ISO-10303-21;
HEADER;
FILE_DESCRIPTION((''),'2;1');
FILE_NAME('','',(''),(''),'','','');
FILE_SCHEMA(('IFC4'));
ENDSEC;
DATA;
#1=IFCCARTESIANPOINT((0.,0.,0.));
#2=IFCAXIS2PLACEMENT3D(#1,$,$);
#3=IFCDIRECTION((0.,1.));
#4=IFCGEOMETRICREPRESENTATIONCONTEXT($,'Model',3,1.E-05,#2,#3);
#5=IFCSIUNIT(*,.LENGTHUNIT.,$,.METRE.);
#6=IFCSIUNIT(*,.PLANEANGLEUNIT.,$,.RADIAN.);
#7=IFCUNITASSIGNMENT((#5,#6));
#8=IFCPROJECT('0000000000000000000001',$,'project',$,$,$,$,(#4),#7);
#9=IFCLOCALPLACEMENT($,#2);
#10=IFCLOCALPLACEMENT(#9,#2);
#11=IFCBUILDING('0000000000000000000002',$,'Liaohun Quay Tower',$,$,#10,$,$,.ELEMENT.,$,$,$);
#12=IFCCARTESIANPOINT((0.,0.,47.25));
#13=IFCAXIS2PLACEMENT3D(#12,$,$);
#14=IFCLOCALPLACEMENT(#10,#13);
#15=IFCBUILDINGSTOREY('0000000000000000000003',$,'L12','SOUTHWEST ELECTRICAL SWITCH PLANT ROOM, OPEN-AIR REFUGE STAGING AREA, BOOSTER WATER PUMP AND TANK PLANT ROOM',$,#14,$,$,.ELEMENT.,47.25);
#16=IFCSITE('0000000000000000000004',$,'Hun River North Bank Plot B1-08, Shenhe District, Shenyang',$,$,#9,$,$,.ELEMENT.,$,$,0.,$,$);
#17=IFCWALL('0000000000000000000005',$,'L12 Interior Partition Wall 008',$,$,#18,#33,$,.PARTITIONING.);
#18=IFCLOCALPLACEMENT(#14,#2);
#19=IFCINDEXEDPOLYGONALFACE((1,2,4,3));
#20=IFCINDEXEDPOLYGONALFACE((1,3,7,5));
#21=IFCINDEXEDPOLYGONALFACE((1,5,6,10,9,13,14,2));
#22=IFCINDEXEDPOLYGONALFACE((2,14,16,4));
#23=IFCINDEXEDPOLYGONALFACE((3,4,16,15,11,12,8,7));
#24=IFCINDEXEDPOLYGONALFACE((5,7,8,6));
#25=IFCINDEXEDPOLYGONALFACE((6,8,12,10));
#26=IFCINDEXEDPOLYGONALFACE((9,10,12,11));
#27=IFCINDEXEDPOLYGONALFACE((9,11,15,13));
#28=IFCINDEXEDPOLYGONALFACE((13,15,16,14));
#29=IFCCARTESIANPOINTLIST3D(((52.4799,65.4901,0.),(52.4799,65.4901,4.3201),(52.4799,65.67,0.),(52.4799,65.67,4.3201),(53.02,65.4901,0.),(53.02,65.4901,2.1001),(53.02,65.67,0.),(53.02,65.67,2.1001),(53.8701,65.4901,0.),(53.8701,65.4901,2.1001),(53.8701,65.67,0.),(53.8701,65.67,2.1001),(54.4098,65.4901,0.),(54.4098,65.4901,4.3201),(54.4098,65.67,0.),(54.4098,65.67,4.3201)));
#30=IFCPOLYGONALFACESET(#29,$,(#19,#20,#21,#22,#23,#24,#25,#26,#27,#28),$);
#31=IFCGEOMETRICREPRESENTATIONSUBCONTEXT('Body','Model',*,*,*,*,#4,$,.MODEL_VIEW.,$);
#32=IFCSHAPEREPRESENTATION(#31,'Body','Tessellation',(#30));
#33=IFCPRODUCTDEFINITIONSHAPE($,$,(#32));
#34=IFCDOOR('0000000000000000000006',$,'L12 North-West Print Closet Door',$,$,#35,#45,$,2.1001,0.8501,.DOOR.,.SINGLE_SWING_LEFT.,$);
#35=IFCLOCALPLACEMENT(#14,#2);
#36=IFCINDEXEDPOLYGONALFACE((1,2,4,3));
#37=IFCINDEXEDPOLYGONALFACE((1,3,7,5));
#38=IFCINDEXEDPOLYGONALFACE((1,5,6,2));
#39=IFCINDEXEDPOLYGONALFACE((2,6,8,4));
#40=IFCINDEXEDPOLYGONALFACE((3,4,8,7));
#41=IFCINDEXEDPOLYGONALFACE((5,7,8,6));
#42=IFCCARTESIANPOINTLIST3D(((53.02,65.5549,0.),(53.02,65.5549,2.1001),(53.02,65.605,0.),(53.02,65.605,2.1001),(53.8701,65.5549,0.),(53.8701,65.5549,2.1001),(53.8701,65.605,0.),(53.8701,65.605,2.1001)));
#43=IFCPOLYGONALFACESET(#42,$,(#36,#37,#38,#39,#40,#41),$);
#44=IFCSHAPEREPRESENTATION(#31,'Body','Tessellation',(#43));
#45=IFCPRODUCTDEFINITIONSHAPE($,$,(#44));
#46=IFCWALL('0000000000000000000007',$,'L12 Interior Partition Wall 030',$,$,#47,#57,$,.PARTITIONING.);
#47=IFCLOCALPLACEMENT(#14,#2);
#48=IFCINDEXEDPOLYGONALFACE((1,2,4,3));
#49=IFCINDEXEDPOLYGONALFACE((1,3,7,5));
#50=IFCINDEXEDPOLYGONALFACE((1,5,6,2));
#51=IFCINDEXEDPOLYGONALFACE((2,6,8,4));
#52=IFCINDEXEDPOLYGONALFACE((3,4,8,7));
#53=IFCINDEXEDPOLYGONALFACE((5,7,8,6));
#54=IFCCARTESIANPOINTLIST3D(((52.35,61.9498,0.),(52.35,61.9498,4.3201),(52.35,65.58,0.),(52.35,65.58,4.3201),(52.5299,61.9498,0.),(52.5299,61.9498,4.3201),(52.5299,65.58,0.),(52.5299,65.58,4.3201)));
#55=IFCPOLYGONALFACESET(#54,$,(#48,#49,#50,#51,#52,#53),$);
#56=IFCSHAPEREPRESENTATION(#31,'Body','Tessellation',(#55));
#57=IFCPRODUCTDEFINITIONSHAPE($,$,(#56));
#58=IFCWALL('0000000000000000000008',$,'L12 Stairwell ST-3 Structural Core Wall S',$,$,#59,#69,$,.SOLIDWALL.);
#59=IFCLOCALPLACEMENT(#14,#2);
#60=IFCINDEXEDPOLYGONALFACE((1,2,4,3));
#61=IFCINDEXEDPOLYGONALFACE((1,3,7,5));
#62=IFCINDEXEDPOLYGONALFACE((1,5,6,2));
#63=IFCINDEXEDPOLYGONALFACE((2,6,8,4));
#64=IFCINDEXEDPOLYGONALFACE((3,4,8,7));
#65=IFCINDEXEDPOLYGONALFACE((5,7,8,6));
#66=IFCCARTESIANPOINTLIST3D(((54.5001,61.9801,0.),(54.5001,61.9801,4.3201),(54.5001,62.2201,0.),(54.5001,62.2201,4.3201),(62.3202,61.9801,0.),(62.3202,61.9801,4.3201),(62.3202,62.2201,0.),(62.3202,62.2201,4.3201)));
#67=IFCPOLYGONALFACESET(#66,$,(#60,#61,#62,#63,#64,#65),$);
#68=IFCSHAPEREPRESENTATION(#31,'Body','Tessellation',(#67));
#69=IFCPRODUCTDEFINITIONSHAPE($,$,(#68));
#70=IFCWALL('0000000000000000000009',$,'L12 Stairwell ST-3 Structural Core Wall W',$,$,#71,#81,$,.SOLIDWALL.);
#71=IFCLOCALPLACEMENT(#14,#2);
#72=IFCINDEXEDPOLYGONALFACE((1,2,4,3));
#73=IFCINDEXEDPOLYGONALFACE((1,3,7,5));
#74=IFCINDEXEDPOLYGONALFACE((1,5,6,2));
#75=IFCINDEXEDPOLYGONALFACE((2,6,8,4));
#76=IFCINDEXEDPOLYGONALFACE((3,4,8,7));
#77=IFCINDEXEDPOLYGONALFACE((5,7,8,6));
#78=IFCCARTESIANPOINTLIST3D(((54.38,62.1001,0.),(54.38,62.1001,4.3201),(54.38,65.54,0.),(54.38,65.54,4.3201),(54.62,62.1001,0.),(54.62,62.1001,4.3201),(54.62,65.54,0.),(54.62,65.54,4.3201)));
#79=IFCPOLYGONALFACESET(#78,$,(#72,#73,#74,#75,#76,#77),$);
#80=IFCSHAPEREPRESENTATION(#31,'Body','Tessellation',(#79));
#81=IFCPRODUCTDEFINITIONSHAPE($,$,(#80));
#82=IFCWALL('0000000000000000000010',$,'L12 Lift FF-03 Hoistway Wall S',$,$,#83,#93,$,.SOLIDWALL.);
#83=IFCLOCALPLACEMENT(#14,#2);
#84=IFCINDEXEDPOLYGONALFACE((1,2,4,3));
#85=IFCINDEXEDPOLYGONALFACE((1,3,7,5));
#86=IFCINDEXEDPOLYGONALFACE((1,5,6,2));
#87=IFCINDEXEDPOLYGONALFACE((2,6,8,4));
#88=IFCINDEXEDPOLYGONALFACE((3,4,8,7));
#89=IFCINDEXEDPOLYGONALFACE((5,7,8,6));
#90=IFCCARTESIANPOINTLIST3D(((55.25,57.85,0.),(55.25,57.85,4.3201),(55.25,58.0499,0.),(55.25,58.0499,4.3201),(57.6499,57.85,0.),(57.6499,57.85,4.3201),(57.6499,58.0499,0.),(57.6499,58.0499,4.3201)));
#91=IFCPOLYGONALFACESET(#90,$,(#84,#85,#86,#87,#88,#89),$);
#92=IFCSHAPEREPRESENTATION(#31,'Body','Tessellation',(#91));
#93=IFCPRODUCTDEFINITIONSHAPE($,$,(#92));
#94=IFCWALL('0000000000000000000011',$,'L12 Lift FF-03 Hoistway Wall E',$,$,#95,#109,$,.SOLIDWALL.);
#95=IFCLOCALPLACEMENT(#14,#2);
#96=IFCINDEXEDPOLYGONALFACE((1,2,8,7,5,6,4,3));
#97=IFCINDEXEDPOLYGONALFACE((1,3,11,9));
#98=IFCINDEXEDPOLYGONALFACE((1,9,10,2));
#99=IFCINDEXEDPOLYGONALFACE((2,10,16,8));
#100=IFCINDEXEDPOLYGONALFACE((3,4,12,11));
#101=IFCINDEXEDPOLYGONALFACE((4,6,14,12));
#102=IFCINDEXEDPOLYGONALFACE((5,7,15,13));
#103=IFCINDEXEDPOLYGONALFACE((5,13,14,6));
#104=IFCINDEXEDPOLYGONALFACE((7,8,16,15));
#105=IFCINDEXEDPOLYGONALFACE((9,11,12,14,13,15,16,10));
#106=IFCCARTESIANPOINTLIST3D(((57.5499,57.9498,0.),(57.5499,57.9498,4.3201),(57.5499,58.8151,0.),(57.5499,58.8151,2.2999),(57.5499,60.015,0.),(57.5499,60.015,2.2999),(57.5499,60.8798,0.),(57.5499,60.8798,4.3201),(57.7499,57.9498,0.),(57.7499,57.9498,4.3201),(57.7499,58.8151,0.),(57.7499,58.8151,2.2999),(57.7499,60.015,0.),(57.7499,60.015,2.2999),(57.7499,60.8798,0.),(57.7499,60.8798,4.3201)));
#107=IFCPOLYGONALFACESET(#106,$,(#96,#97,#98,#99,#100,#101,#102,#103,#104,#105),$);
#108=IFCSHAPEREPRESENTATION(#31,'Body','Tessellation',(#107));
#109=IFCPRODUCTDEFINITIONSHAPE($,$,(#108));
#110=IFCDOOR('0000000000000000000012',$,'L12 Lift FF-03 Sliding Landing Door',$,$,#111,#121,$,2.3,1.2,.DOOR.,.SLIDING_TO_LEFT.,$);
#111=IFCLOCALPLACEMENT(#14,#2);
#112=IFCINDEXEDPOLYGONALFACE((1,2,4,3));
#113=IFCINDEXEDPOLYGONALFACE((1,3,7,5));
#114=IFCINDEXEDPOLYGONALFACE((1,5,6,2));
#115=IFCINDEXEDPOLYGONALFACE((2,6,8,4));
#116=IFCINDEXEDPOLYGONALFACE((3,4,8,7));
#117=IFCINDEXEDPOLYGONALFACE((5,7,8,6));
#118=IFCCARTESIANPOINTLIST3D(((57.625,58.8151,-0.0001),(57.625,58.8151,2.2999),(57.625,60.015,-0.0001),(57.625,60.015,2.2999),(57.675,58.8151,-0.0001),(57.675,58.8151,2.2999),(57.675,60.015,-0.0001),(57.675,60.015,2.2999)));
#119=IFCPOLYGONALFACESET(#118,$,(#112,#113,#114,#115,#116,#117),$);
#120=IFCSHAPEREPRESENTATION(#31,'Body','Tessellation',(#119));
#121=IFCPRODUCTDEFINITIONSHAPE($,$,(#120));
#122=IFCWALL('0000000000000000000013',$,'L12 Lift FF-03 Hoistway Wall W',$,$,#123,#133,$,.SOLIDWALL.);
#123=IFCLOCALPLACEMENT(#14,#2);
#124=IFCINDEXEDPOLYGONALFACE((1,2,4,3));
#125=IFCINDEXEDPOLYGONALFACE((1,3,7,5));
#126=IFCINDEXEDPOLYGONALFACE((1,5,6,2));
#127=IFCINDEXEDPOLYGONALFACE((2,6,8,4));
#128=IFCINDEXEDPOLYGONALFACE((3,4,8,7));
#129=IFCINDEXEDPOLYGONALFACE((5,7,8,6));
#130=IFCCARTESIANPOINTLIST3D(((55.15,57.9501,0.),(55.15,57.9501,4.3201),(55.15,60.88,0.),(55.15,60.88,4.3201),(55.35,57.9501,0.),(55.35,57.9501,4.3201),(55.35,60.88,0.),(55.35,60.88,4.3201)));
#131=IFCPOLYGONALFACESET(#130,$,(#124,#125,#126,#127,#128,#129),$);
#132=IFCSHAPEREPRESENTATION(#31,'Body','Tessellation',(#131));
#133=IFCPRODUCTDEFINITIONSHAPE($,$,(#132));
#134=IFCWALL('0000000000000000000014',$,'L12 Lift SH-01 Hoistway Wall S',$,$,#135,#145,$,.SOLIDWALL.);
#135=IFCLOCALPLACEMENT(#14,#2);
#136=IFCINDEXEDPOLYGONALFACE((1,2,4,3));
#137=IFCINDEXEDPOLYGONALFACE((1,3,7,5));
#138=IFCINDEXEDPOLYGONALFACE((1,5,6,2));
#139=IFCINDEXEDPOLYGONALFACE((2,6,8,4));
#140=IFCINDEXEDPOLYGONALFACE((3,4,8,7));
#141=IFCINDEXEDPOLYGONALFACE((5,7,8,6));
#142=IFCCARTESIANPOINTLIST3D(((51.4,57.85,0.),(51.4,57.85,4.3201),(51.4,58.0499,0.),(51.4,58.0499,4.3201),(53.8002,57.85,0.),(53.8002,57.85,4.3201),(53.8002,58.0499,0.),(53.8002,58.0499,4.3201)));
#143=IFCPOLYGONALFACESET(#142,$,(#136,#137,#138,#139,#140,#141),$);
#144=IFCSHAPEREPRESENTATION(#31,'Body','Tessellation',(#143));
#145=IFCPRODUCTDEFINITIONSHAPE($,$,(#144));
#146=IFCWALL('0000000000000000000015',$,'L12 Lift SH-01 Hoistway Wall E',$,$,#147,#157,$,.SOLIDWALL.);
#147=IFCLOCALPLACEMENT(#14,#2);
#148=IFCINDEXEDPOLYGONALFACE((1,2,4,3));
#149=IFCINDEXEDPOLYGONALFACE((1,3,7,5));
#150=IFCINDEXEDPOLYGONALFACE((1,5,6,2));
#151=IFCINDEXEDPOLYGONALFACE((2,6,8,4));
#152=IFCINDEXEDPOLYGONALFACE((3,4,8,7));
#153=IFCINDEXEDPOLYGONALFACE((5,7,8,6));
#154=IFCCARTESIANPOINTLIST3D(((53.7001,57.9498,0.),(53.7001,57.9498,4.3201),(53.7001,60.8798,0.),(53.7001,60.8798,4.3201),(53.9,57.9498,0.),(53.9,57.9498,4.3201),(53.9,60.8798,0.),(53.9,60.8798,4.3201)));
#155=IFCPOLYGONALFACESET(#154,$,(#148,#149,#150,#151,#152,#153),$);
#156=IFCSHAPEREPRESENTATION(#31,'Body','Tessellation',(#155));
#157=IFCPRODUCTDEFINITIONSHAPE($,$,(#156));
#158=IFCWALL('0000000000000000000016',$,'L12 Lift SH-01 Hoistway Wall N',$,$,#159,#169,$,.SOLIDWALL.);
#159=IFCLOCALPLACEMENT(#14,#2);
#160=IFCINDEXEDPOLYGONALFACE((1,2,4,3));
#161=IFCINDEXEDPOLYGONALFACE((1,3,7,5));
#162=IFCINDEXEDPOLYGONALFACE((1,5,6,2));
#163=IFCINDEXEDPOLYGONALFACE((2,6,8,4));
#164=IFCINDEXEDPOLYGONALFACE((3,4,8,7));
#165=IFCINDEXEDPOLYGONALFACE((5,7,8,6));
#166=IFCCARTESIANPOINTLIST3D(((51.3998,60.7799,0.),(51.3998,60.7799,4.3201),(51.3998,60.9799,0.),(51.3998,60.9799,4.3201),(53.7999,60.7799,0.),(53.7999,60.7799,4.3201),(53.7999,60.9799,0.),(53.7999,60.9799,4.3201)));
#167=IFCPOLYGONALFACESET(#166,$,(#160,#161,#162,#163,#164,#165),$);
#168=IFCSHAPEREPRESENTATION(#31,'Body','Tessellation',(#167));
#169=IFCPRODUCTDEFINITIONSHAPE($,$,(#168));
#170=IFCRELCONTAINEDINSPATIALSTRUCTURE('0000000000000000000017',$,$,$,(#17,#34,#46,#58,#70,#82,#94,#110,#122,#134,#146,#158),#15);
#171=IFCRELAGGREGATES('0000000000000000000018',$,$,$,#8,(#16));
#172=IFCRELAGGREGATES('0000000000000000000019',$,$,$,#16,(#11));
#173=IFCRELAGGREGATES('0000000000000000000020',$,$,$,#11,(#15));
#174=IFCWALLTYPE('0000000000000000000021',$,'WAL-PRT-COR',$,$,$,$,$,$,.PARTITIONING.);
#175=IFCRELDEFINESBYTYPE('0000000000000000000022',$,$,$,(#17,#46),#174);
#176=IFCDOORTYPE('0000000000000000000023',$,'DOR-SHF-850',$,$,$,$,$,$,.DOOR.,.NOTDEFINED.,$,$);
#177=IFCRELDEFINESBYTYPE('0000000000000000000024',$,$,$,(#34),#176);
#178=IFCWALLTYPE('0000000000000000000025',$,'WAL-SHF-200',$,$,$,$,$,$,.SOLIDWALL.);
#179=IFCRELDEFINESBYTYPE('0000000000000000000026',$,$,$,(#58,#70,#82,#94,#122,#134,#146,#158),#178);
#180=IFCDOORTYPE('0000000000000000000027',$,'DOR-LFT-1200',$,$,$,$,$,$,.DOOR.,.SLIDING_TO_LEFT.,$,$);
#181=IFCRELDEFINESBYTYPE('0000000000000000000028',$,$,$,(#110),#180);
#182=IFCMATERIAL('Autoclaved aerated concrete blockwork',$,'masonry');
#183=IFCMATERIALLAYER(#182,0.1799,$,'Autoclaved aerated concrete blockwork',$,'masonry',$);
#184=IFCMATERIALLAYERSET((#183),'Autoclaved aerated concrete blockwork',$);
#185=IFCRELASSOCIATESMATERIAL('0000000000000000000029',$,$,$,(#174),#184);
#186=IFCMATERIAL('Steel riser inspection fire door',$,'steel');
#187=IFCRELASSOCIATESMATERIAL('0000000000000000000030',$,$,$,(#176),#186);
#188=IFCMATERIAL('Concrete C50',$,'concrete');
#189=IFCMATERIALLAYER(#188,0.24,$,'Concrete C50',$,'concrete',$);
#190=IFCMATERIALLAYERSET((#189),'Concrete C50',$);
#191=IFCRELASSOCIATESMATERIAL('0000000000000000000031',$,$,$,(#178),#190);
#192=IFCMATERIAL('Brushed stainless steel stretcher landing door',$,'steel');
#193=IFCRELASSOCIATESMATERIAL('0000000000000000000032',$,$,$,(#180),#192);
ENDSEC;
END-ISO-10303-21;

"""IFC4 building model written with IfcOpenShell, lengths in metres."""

from ifc_helpers import new_model, si_unit, direction, frame, frame_2d, origin, place, context, subcontext, project, spatial, rectangle, extrude, source, transform, mapped, material, layer, layer_set, type_object, element, fill, save


model = new_model("IFC4")

# Units and contexts
model_context = context("Model", 3, precision=1e-05, world=origin(), true_north=direction((0.0, 1.0)))
body_context = subcontext(model_context, "Body", "Model", "MODEL_VIEW")
ifc_project = project(units=[si_unit("LENGTHUNIT", "METRE"), si_unit("PLANEANGLEUNIT", "RADIAN")], contexts=[model_context])

# Site, building, storey
site_placement = place(None, origin())
site = spatial("IfcSite", under=ifc_project, at=site_placement, Name="Hun River North Bank Plot B1-08, Shenhe District, Shenyang", CompositionType="ELEMENT", RefElevation=0.0)
building_placement = place(site_placement, origin())
building = spatial("IfcBuilding", under=site, at=building_placement, Name="Liaohun Quay Tower", CompositionType="ELEMENT")
storey_placement = place(building_placement, frame((0.0, 0.0, 47.25)))
storey = spatial("IfcBuildingStorey", under=building, at=storey_placement, Name="L12", Description="SOUTHWEST ELECTRICAL SWITCH PLANT ROOM, OPEN-AIR REFUGE STAGING AREA, BOOSTER WATER PUMP AND TANK PLANT ROOM", CompositionType="ELEMENT", Elevation=47.25)

# Wall, opening, door
ifc_material_1 = material(Name="Autoclaved aerated concrete blockwork", Category="masonry")
ifc_layer_1 = layer(ifc_material_1, 0.1799, Name="Autoclaved aerated concrete blockwork", Category="masonry")
ifc_layer_set_1 = layer_set([ifc_layer_1], Name="Autoclaved aerated concrete blockwork")
wall_type_1 = type_object("IfcWallType", Name="WAL-PRT-COR", PredefinedType="PARTITIONING", material=ifc_layer_set_1)
wall_1_placement = place(storey_placement, frame((52.48, 65.5801, 0.0), z_axis=(0.0, 0.0, 1.0), x_axis=(1.0, 0.0, 0.0)))
wall_1 = element("IfcWall", 1, at=wall_1_placement, inside=storey, type_object=wall_type_1, Name="L12 Interior Partition Wall 008", PredefinedType="PARTITIONING", context=body_context, shape_type="SweptSolid", body=[
    extrude(rectangle(XDim=1.9299, YDim=0.1799, at=frame_2d((0.9648, 0.0))), origin(), (0.0, 0.0, 1.0), 4.3201),
])
shared_shape_1 = source(origin(), body_context, "Body", "SweptSolid", [
    extrude(rectangle(XDim=0.8501, YDim=2.1001, at=frame_2d((0.425, 1.05))), frame((0.0, 0.0999, 0.0), z_axis=(0.0, -1.0, 0.0), x_axis=(1.0, 0.0, 0.0)), (0.0, 0.0, 1.0), 0.2),
])
opening_1_placement = place(wall_1_placement, frame((0.54, 0.0, 0.0)))
opening_1 = element("IfcOpeningElement", 2, at=opening_1_placement, cuts=wall_1, PredefinedType="OPENING", context=body_context, shape_type="MappedRepresentation", body=[
    mapped(shared_shape_1, transform((0.0, 0.0, 0.0), x_axis=(1.0, 0.0, 0.0), y_axis=(0.0, 1.0, 0.0), z_axis=(0.0, 0.0, 1.0), scale=1.0)),
])
ifc_material_2 = material(Name="Steel riser inspection fire door", Category="steel")
door_type_1 = type_object("IfcDoorType", Name="DOR-SHF-850", OperationType="NOTDEFINED", PredefinedType="DOOR", material=ifc_material_2)
shared_shape_2 = source(origin(), body_context, "Body", "SweptSolid", [
    extrude(rectangle(XDim=0.8501, YDim=2.1001, at=frame_2d((0.425, 1.05))), frame((0.0, 0.0249, 0.0), z_axis=(0.0, -1.0, 0.0), x_axis=(1.0, 0.0, 0.0)), (0.0, 0.0, 1.0), 0.05),
])
door_1_placement = place(opening_1_placement, origin())
door_1 = element("IfcDoor", 3, at=door_1_placement, inside=storey, type_object=door_type_1, Name="L12 North-West Print Closet Door", OperationType="SINGLE_SWING_LEFT", OverallHeight=2.1001, OverallWidth=0.8501, PredefinedType="DOOR", context=body_context, shape_type="MappedRepresentation", body=[
    mapped(shared_shape_2, transform((0.0, 0.0, 0.0), x_axis=(1.0, 0.0, 0.0), y_axis=(0.0, 1.0, 0.0), z_axis=(0.0, 0.0, 1.0), scale=1.0)),
])
fill(opening_1, door_1)

# Walls
wall_2_placement = place(storey_placement, frame((52.4399, 61.95, 0.0), z_axis=(0.0, 0.0, 1.0), x_axis=(0.0, 1.0, 0.0)))
element("IfcWall", 4, at=wall_2_placement, inside=storey, type_object=wall_type_1, Name="L12 Interior Partition Wall 030", PredefinedType="PARTITIONING", context=body_context, shape_type="SweptSolid", body=[
    extrude(rectangle(XDim=3.6301, YDim=0.1799, at=frame_2d((1.8149, 0.0))), origin(), (0.0, 0.0, 1.0), 4.3201),
])
ifc_material_3 = material(Name="Concrete C50", Category="concrete")
ifc_layer_2 = layer(ifc_material_3, 0.24, Name="Concrete C50", Category="concrete")
ifc_layer_set_2 = layer_set([ifc_layer_2], Name="Concrete C50")
wall_type_2 = type_object("IfcWallType", Name="WAL-SHF-200", PredefinedType="SOLIDWALL", material=ifc_layer_set_2)
wall_3_placement = place(storey_placement, frame((54.5, 62.1001, 0.0), z_axis=(0.0, 0.0, 1.0), x_axis=(1.0, 0.0, 0.0)))
element("IfcWall", 5, at=wall_3_placement, inside=storey, type_object=wall_type_2, Name="L12 Stairwell ST-3 Structural Core Wall S", PredefinedType="SOLIDWALL", context=body_context, shape_type="SweptSolid", body=[
    extrude(rectangle(XDim=7.8201, YDim=0.24, at=frame_2d((3.9102, 0.0))), origin(), (0.0, 0.0, 1.0), 4.3201),
])
wall_4_placement = place(storey_placement, frame((54.5, 65.54, 0.0), z_axis=(0.0, 0.0, 1.0), x_axis=(0.0, -1.0, 0.0)))
element("IfcWall", 6, at=wall_4_placement, inside=storey, type_object=wall_type_2, Name="L12 Stairwell ST-3 Structural Core Wall W", PredefinedType="SOLIDWALL", context=body_context, shape_type="SweptSolid", body=[
    extrude(rectangle(XDim=3.4399, YDim=0.24, at=frame_2d((1.72, 0.0))), origin(), (0.0, 0.0, 1.0), 4.3201),
])
wall_5_placement = place(storey_placement, frame((55.25, 57.95, 0.0), z_axis=(0.0, 0.0, 1.0), x_axis=(1.0, 0.0, 0.0)))
element("IfcWall", 7, at=wall_5_placement, inside=storey, type_object=wall_type_2, Name="L12 Lift FF-03 Hoistway Wall S", PredefinedType="SOLIDWALL", context=body_context, shape_type="SweptSolid", body=[
    extrude(rectangle(XDim=2.3999, YDim=0.2, at=frame_2d((1.2, 0.0))), origin(), (0.0, 0.0, 1.0), 4.3201),
])

# Wall, opening, door
wall_6_placement = place(storey_placement, frame((57.6499, 57.95, 0.0), z_axis=(0.0, 0.0, 1.0), x_axis=(0.0, 1.0, 0.0)))
wall_6 = element("IfcWall", 8, at=wall_6_placement, inside=storey, type_object=wall_type_2, Name="L12 Lift FF-03 Hoistway Wall E", PredefinedType="SOLIDWALL", context=body_context, shape_type="SweptSolid", body=[
    extrude(rectangle(XDim=2.9299, YDim=0.2, at=frame_2d((1.4648, 0.0))), origin(), (0.0, 0.0, 1.0), 4.3201),
])
shared_shape_3 = source(origin(), body_context, "Body", "SweptSolid", [
    extrude(rectangle(XDim=1.2, YDim=2.3, at=frame_2d((0.6001, 1.1499))), frame((0.0, 0.1099, 0.0), z_axis=(0.0, -1.0, 0.0), x_axis=(1.0, 0.0, 0.0)), (0.0, 0.0, 1.0), 0.22),
])
opening_2_placement = place(wall_6_placement, frame((0.865, 0.0, 0.0)))
opening_2 = element("IfcOpeningElement", 9, at=opening_2_placement, cuts=wall_6, PredefinedType="OPENING", context=body_context, shape_type="MappedRepresentation", body=[
    mapped(shared_shape_3, transform((0.0, 0.0, 0.0), x_axis=(1.0, 0.0, 0.0), y_axis=(0.0, 1.0, 0.0), z_axis=(0.0, 0.0, 1.0), scale=1.0)),
])
ifc_material_4 = material(Name="Brushed stainless steel stretcher landing door", Category="steel")
door_type_2 = type_object("IfcDoorType", Name="DOR-LFT-1200", OperationType="SLIDING_TO_LEFT", PredefinedType="DOOR", material=ifc_material_4)
shared_shape_4 = source(origin(), body_context, "Body", "SweptSolid", [
    extrude(rectangle(XDim=1.2, YDim=2.3, at=frame_2d((0.6001, 1.1499))), frame((0.0, 0.0249, 0.0), z_axis=(0.0, -1.0, 0.0), x_axis=(1.0, 0.0, 0.0)), (0.0, 0.0, 1.0), 0.05),
])
door_2_placement = place(opening_2_placement, origin())
door_2 = element("IfcDoor", 10, at=door_2_placement, inside=storey, type_object=door_type_2, Name="L12 Lift FF-03 Sliding Landing Door", OperationType="SLIDING_TO_LEFT", OverallHeight=2.3, OverallWidth=1.2, PredefinedType="DOOR", context=body_context, shape_type="MappedRepresentation", body=[
    mapped(shared_shape_4, transform((0.0, 0.0, 0.0), x_axis=(1.0, 0.0, 0.0), y_axis=(0.0, 1.0, 0.0), z_axis=(0.0, 0.0, 1.0), scale=1.0)),
])
fill(opening_2, door_2)

# Walls
wall_7_placement = place(storey_placement, frame((55.25, 60.8799, 0.0), z_axis=(0.0, 0.0, 1.0), x_axis=(0.0, -1.0, 0.0)))
element("IfcWall", 11, at=wall_7_placement, inside=storey, type_object=wall_type_2, Name="L12 Lift FF-03 Hoistway Wall W", PredefinedType="SOLIDWALL", context=body_context, shape_type="SweptSolid", body=[
    extrude(rectangle(XDim=2.9299, YDim=0.2, at=frame_2d((1.4648, 0.0))), origin(), (0.0, 0.0, 1.0), 4.3201),
])
wall_8_placement = place(storey_placement, frame((51.3999, 57.95, 0.0), z_axis=(0.0, 0.0, 1.0), x_axis=(1.0, 0.0, 0.0)))
element("IfcWall", 12, at=wall_8_placement, inside=storey, type_object=wall_type_2, Name="L12 Lift SH-01 Hoistway Wall S", PredefinedType="SOLIDWALL", context=body_context, shape_type="SweptSolid", body=[
    extrude(rectangle(XDim=2.4001, YDim=0.2, at=frame_2d((1.2002, 0.0))), origin(), (0.0, 0.0, 1.0), 4.3201),
])
wall_9_placement = place(storey_placement, frame((53.8, 57.95, 0.0), z_axis=(0.0, 0.0, 1.0), x_axis=(0.0, 1.0, 0.0)))
element("IfcWall", 13, at=wall_9_placement, inside=storey, type_object=wall_type_2, Name="L12 Lift SH-01 Hoistway Wall E", PredefinedType="SOLIDWALL", context=body_context, shape_type="SweptSolid", body=[
    extrude(rectangle(XDim=2.9299, YDim=0.2, at=frame_2d((1.4648, 0.0))), origin(), (0.0, 0.0, 1.0), 4.3201),
])
wall_10_placement = place(storey_placement, frame((53.8, 60.8799, 0.0), z_axis=(0.0, 0.0, 1.0), x_axis=(-1.0, 0.0, 0.0)))
element("IfcWall", 14, at=wall_10_placement, inside=storey, type_object=wall_type_2, Name="L12 Lift SH-01 Hoistway Wall N", PredefinedType="SOLIDWALL", context=body_context, shape_type="SweptSolid", body=[
    extrude(rectangle(XDim=2.4001, YDim=0.2, at=frame_2d((1.2002, 0.0))), origin(), (0.0, 0.0, 1.0), 4.3201),
])

save(model, "model.ifc")
